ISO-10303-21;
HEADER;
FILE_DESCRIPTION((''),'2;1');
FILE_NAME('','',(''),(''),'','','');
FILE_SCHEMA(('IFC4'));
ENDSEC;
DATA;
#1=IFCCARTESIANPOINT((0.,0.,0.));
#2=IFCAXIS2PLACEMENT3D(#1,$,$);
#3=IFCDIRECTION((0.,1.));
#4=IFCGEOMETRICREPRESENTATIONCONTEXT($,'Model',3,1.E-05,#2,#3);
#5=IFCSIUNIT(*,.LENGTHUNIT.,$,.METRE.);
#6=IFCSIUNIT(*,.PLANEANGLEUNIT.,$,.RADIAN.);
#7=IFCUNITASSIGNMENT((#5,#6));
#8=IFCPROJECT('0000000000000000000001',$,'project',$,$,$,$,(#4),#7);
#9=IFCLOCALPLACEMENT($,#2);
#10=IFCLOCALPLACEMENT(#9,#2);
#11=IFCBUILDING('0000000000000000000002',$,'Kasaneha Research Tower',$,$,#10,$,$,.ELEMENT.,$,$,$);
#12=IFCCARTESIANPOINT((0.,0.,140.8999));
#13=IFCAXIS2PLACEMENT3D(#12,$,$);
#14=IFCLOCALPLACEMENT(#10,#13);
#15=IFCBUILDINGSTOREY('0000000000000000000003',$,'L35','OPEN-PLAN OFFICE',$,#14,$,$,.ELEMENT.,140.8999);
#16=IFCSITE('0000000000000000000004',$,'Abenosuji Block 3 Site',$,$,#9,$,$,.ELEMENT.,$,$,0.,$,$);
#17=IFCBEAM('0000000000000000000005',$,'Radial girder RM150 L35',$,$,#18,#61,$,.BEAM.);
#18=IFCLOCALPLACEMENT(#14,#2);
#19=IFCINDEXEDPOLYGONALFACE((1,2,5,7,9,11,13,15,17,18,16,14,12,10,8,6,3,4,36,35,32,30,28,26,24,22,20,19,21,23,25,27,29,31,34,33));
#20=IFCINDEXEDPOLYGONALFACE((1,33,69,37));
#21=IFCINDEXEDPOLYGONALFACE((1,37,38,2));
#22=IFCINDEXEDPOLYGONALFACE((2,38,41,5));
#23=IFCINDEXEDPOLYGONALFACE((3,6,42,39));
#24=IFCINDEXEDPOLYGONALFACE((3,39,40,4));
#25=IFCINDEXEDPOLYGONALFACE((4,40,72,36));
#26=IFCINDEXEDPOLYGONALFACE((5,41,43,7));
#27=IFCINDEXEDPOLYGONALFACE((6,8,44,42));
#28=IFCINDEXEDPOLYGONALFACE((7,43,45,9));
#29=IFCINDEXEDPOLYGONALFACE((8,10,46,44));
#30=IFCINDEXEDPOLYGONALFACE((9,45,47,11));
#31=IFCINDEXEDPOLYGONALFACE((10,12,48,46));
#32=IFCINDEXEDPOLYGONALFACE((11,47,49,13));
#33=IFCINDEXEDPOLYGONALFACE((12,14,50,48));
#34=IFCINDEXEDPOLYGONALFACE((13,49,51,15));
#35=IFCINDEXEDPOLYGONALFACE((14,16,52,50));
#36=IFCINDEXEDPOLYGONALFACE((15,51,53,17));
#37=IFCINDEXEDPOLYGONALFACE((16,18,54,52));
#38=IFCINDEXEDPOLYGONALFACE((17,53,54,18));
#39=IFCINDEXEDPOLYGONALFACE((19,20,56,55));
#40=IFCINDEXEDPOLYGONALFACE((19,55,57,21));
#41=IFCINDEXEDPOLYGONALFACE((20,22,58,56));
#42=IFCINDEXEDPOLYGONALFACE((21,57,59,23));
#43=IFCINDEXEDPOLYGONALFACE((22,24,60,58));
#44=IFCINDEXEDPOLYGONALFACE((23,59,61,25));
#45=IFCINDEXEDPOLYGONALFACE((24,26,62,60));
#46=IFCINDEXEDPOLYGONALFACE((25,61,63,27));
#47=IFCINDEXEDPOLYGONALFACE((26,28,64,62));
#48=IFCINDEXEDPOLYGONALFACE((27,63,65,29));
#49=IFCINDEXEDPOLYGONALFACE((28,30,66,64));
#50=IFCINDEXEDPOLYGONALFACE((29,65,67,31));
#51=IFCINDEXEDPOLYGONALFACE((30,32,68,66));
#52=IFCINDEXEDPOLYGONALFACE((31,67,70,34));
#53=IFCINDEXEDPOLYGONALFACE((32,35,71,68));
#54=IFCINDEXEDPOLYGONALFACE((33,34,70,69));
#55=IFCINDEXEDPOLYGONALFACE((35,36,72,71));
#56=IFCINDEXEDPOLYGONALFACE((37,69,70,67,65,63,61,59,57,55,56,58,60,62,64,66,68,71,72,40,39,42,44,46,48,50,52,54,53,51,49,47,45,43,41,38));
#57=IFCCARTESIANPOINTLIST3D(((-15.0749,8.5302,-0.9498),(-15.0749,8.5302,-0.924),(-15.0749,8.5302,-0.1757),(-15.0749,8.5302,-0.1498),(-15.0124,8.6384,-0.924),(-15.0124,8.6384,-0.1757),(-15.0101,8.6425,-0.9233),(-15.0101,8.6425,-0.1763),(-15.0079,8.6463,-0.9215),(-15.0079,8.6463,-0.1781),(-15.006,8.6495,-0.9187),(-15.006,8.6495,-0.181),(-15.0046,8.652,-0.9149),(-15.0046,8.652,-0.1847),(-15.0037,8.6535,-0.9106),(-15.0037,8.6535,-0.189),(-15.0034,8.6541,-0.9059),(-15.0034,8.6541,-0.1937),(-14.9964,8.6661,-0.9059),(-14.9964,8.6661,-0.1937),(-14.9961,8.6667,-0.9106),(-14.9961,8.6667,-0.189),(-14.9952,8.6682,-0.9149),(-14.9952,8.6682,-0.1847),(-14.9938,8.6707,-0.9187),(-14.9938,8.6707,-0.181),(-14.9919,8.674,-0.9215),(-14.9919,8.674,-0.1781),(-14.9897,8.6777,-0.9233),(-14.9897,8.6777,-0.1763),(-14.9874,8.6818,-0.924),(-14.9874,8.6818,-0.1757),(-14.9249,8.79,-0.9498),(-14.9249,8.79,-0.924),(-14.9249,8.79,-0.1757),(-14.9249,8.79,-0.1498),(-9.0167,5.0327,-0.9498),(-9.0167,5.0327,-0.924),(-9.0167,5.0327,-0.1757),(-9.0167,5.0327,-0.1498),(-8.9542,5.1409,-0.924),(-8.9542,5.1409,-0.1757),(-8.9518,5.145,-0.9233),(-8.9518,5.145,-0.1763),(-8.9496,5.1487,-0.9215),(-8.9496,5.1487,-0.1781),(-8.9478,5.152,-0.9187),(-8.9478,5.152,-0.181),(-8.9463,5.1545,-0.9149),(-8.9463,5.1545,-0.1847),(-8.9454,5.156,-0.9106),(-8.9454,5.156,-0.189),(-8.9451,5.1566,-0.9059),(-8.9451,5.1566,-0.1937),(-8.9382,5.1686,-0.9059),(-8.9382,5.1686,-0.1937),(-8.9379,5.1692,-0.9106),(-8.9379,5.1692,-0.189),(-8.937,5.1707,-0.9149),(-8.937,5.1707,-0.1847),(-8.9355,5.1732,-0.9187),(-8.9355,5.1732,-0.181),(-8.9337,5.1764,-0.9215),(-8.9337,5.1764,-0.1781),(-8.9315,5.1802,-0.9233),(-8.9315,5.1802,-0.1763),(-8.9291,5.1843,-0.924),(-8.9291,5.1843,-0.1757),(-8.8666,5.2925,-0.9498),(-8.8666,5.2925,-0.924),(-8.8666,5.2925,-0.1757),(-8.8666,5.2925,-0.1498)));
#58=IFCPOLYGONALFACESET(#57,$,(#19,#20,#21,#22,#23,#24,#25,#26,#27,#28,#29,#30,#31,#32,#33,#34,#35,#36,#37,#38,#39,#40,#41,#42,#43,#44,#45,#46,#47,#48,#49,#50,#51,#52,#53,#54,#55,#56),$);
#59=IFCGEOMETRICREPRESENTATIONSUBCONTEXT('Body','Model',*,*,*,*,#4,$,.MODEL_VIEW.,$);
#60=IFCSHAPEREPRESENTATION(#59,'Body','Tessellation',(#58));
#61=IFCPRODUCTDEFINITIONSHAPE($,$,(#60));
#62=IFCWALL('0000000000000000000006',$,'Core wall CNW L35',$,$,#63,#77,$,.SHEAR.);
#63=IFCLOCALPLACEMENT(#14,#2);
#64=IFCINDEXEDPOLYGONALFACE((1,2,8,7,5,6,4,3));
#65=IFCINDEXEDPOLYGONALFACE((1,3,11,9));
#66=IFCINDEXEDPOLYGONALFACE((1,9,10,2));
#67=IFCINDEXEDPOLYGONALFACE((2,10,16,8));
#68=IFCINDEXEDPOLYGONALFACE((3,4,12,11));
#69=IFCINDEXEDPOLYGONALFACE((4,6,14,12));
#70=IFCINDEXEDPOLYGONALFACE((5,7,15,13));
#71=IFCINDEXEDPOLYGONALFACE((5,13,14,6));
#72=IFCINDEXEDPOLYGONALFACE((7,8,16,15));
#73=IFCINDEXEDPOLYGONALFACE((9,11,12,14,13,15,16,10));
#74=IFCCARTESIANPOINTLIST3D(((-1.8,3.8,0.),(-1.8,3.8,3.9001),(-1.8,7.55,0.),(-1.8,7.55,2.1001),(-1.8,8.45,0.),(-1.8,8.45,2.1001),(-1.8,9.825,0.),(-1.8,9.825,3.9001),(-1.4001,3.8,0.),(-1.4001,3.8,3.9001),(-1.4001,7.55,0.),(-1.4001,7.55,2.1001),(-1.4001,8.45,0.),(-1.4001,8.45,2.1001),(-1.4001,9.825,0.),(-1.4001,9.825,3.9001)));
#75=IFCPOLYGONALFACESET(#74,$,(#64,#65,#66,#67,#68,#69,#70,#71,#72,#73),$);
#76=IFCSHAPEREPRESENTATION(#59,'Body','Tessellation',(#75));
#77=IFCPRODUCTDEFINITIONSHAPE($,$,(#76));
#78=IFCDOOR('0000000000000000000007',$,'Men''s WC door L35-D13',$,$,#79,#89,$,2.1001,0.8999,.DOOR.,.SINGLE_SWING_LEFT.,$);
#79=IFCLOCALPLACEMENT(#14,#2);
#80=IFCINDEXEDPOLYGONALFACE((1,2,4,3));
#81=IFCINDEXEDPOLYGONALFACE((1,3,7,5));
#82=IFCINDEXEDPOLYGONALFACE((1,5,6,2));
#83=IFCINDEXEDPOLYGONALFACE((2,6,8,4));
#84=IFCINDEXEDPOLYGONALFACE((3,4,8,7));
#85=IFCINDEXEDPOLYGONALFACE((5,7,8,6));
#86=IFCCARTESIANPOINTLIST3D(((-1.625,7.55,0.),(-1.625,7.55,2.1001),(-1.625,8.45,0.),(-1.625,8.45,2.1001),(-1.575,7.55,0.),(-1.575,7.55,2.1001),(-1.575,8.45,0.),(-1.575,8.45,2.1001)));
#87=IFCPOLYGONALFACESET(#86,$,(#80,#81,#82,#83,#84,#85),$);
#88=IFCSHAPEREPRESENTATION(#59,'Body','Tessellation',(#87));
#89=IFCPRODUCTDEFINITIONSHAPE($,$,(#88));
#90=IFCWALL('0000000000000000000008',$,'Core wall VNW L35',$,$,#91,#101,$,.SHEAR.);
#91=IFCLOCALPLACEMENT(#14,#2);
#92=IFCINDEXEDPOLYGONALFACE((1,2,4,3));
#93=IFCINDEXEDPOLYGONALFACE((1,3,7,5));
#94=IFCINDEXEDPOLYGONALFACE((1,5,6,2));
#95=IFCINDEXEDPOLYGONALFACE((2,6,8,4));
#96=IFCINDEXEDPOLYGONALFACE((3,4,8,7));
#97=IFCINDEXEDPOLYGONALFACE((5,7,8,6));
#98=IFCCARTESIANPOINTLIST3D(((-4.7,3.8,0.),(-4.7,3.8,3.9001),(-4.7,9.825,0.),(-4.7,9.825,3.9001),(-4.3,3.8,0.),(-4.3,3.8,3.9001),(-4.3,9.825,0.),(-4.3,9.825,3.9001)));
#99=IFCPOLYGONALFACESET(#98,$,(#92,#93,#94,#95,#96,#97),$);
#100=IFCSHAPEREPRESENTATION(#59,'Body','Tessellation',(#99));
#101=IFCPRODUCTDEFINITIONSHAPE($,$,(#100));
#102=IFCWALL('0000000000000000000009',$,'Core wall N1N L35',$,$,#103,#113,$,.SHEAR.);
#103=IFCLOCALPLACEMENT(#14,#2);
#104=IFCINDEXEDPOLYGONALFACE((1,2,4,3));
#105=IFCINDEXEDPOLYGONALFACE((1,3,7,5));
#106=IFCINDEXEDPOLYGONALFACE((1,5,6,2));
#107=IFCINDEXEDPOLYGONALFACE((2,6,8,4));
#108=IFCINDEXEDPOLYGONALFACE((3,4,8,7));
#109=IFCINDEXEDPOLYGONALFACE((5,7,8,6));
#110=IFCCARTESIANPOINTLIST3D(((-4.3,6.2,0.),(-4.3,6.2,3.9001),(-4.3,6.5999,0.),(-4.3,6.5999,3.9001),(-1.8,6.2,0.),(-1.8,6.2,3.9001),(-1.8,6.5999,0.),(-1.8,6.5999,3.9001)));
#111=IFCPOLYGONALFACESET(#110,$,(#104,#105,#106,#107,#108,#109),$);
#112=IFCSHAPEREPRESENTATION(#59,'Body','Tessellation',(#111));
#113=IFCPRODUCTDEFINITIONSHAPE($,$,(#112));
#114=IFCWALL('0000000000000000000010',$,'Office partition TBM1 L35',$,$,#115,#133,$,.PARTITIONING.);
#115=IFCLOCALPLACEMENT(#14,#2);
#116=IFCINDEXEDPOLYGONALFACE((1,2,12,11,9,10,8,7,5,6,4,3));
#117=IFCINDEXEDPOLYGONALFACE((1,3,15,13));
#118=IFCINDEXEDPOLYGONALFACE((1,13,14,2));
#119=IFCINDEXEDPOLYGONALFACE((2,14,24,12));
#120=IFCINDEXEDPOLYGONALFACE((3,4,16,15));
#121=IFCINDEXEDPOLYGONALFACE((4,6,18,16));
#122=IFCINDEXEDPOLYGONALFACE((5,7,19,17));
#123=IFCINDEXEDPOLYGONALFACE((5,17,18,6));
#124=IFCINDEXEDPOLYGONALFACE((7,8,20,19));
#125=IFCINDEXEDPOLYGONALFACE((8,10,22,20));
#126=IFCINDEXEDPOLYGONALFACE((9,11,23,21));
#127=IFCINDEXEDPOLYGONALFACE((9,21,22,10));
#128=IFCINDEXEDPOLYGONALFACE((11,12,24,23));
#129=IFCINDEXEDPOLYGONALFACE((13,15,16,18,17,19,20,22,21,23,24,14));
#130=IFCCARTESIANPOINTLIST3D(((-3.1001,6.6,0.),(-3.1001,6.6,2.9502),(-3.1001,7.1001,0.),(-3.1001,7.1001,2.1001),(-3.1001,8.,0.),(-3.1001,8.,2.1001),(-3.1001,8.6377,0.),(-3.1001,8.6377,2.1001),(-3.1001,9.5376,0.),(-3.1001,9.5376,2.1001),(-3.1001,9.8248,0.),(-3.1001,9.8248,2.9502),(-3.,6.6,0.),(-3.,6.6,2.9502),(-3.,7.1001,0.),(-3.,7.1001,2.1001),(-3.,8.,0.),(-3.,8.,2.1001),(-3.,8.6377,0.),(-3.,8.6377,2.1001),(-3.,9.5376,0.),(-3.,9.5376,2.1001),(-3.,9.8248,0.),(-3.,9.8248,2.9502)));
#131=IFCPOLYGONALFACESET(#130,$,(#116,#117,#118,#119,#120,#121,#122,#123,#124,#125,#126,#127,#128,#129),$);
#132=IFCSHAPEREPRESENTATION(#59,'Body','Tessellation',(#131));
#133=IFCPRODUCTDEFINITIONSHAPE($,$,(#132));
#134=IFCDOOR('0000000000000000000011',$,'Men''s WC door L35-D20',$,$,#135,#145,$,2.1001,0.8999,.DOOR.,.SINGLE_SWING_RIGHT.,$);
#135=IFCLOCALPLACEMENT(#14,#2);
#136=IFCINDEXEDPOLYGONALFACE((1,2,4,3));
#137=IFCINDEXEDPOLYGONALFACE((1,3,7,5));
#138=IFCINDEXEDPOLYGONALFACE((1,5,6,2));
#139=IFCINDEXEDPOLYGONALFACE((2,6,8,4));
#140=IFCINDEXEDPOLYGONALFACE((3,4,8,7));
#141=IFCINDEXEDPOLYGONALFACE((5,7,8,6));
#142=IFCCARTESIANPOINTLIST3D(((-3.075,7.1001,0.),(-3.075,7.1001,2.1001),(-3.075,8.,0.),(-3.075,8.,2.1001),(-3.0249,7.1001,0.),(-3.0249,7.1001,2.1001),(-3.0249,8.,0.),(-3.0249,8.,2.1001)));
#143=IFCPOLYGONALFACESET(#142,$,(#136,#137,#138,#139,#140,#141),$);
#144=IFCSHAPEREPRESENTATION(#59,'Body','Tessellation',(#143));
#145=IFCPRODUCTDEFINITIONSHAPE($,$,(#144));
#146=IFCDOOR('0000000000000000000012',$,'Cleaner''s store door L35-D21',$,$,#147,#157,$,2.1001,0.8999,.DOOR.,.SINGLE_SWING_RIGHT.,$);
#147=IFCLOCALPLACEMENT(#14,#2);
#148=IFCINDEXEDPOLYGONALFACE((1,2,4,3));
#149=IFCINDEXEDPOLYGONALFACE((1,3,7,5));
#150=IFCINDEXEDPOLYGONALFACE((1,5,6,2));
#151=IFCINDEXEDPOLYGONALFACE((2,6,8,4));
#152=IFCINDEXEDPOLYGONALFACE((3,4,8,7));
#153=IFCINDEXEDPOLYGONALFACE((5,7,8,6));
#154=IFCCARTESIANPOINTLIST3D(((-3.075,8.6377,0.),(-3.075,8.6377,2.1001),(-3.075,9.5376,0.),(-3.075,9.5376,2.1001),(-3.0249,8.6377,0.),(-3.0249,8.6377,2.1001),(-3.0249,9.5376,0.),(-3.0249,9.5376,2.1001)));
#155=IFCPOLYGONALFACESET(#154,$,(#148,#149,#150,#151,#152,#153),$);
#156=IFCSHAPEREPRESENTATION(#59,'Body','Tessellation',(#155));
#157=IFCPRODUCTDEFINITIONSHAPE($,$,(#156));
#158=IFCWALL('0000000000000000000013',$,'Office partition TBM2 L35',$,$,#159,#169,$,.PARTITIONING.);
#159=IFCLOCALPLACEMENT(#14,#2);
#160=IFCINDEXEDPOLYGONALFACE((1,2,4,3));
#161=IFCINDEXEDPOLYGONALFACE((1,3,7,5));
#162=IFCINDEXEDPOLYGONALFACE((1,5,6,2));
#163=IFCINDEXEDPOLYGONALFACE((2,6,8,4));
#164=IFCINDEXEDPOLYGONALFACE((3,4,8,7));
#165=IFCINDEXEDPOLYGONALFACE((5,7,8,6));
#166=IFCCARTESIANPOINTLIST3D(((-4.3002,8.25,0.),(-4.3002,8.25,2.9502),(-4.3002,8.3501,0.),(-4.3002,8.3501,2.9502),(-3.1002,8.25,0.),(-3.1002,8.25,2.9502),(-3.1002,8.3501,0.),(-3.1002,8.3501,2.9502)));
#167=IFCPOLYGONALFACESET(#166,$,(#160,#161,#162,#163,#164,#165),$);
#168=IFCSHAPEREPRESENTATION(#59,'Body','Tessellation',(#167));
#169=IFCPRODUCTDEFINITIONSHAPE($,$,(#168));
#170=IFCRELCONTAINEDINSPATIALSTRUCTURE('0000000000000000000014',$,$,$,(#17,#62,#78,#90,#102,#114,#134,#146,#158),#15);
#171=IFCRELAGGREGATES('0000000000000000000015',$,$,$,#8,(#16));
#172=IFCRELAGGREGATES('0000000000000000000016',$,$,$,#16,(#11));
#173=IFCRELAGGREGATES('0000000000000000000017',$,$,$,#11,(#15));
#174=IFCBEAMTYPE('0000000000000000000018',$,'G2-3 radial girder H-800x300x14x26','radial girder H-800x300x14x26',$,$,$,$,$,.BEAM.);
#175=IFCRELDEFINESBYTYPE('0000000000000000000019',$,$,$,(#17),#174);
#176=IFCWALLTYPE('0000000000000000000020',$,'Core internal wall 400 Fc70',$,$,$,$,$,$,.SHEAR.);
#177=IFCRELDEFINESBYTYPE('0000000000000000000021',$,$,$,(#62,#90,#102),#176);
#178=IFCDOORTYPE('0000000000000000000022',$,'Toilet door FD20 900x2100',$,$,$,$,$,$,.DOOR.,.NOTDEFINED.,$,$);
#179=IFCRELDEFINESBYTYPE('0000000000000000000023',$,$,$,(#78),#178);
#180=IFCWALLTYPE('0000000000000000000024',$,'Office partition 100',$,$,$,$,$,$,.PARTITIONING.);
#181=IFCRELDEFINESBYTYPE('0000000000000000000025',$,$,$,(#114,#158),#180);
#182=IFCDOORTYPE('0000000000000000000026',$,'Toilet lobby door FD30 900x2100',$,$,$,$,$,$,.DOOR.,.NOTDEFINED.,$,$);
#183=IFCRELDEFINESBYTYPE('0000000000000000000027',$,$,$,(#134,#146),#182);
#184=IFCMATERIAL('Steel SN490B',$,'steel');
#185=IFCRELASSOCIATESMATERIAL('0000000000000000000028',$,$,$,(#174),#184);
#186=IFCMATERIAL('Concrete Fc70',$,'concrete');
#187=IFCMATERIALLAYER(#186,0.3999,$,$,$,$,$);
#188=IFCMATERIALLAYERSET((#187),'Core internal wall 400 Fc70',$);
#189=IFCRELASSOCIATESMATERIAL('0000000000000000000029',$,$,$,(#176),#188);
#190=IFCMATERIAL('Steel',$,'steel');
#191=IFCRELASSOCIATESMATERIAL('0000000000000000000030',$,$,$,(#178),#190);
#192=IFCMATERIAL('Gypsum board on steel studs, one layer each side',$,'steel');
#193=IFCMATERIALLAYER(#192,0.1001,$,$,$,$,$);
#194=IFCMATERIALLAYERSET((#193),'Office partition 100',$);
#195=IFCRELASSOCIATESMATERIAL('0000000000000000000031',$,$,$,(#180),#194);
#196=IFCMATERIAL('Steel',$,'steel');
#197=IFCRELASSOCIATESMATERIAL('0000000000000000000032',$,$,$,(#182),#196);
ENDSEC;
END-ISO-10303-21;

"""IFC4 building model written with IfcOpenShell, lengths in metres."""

from ifc_helpers import new_model, si_unit, direction, frame, frame_2d, origin, origin_2d, place, context, subcontext, project, spatial, rectangle, i_section, extrude, material, layer, layer_set, material_profile, profile_set, type_object, element, fill, save


model = new_model("IFC4")

# Units and contexts
model_context = context("Model", 3, precision=1e-05, world=origin(), true_north=direction((0.0, 1.0)))
body_context = subcontext(model_context, "Body", "Model", "MODEL_VIEW")
ifc_project = project(units=[si_unit("LENGTHUNIT", "METRE"), si_unit("PLANEANGLEUNIT", "RADIAN")], contexts=[model_context])

# Site, building, storey
site_placement = place(None, origin())
site = spatial("IfcSite", under=ifc_project, at=site_placement, Name="Abenosuji Block 3 Site", CompositionType="ELEMENT", RefElevation=0.0)
building_placement = place(site_placement, origin())
building = spatial("IfcBuilding", under=site, at=building_placement, Name="Kasaneha Research Tower", CompositionType="ELEMENT")
storey_placement = place(building_placement, frame((0.0, 0.0, 140.8999)))
storey = spatial("IfcBuildingStorey", under=building, at=storey_placement, Name="L35", Description="OPEN-PLAN OFFICE", CompositionType="ELEMENT", Elevation=140.8999)

# Beam
ifc_material_1 = material(Name="Steel SN490B", Category="steel")
ifc_material_profile = material_profile(ifc_material_1, i_section(OverallWidth=0.3, OverallDepth=0.8, WebThickness=0.0139, FlangeThickness=0.0259, FilletRadius=0.0181, at=origin_2d()), Name="H-800x300x14x26")
ifc_profile_set = profile_set([ifc_material_profile], Name="Steel SN490B")
beam_type = type_object("IfcBeamType", Name="G2-3 radial girder H-800x300x14x26", Description="radial girder H-800x300x14x26", PredefinedType="BEAM", material=ifc_profile_set)
beam_placement = place(storey_placement, frame((-8.9417, 5.1626, -0.5498), z_axis=(-0.86604, 0.499975, 0.0), x_axis=(-0.499975, -0.86604, 0.0)))
element("IfcBeam", 1, at=beam_placement, inside=storey, type_object=beam_type, Name="Radial girder RM150 L35", PredefinedType="BEAM", context=body_context, shape_type="SweptSolid", body=[
    extrude(i_section(OverallWidth=0.3, OverallDepth=0.8, WebThickness=0.0139, FlangeThickness=0.0259, FilletRadius=0.0181, at=origin_2d()), origin(), (0.0, 0.0, 1.0), 6.9954),
])

# Shared definitions
ifc_material_2 = material(Name="Concrete Fc70", Category="concrete")
ifc_layer_1 = layer(ifc_material_2, 0.3999)
ifc_layer_set_1 = layer_set([ifc_layer_1], Name="Core internal wall 400 Fc70")
wall_type_1 = type_object("IfcWallType", Name="Core internal wall 400 Fc70", PredefinedType="SHEAR", material=ifc_layer_set_1)

# Wall, opening, door
wall_1_placement = place(storey_placement, frame((-1.6001, 3.8, 0.0), z_axis=(0.0, 0.0, 1.0), x_axis=(0.0, 1.0, 0.0)))
wall_1 = element("IfcWall", 2, at=wall_1_placement, inside=storey, type_object=wall_type_1, Name="Core wall CNW L35", PredefinedType="SHEAR", context=body_context, shape_type="SweptSolid", body=[
    extrude(rectangle(XDim=6.0249, YDim=0.3999, at=frame_2d((3.0125, 0.0))), origin(), (0.0, 0.0, 1.0), 3.9001),
])
opening_1_placement = place(wall_1_placement, frame((3.75, 0.0, 0.0)))
opening_1 = element("IfcOpeningElement", 3, at=opening_1_placement, cuts=wall_1, PredefinedType="OPENING", context=body_context, shape_type="SweptSolid", body=[
    extrude(rectangle(XDim=0.8999, YDim=2.1001, at=frame_2d((0.45, 1.05))), frame((0.0, 0.21, 0.0), z_axis=(0.0, -1.0, 0.0), x_axis=(1.0, 0.0, 0.0)), (0.0, 0.0, 1.0), 0.4199),
])
ifc_material_3 = material(Name="Steel", Category="steel")
door_type_1 = type_object("IfcDoorType", Name="Toilet door FD20 900x2100", OperationType="NOTDEFINED", PredefinedType="DOOR", material=ifc_material_3)
door_1_placement = place(opening_1_placement, origin())
door_1 = element("IfcDoor", 4, at=door_1_placement, inside=storey, type_object=door_type_1, Name="Men's WC door L35-D13", OperationType="SINGLE_SWING_LEFT", OverallHeight=2.1001, OverallWidth=0.8999, PredefinedType="DOOR", context=body_context, shape_type="SweptSolid", body=[
    extrude(rectangle(XDim=0.8999, YDim=2.1001, at=frame_2d((0.45, 1.05))), frame((0.0, 0.0249, 0.0), z_axis=(0.0, -1.0, 0.0), x_axis=(1.0, 0.0, 0.0)), (0.0, 0.0, 1.0), 0.05),
])
fill(opening_1, door_1)

# Walls
wall_2_placement = place(storey_placement, frame((-4.5, 3.8, 0.0), z_axis=(0.0, 0.0, 1.0), x_axis=(0.0, 1.0, 0.0)))
element("IfcWall", 5, at=wall_2_placement, inside=storey, type_object=wall_type_1, Name="Core wall VNW L35", PredefinedType="SHEAR", context=body_context, shape_type="SweptSolid", body=[
    extrude(rectangle(XDim=6.0249, YDim=0.3999, at=frame_2d((3.0125, 0.0))), origin(), (0.0, 0.0, 1.0), 3.9001),
])
wall_3_placement = place(storey_placement, frame((-4.3, 6.3999, 0.0), z_axis=(0.0, 0.0, 1.0), x_axis=(1.0, 0.0, 0.0)))
element("IfcWall", 6, at=wall_3_placement, inside=storey, type_object=wall_type_1, Name="Core wall N1N L35", PredefinedType="SHEAR", context=body_context, shape_type="SweptSolid", body=[
    extrude(rectangle(XDim=2.5, YDim=0.3999, at=frame_2d((1.25, 0.0))), origin(), (0.0, 0.0, 1.0), 3.9001),
])

# Wall, openings, doors
ifc_material_4 = material(Name="Gypsum board on steel studs, one layer each side", Category="steel")
ifc_layer_2 = layer(ifc_material_4, 0.1001)
ifc_layer_set_2 = layer_set([ifc_layer_2], Name="Office partition 100")
wall_type_2 = type_object("IfcWallType", Name="Office partition 100", PredefinedType="PARTITIONING", material=ifc_layer_set_2)
wall_4_placement = place(storey_placement, frame((-3.05, 6.6001, 0.0), z_axis=(0.0, 0.0, 1.0), x_axis=(0.0, 1.0, 0.0)))
wall_4 = element("IfcWall", 7, at=wall_4_placement, inside=storey, type_object=wall_type_2, Name="Office partition TBM1 L35", PredefinedType="PARTITIONING", context=body_context, shape_type="SweptSolid", body=[
    extrude(rectangle(XDim=3.2249, YDim=0.1001, at=frame_2d((1.6123, 0.0))), origin(), (0.0, 0.0, 1.0), 2.9502),
])
opening_2_placement = place(wall_4_placement, frame((0.5, 0.0, 0.0)))
opening_2 = element("IfcOpeningElement", 8, at=opening_2_placement, cuts=wall_4, PredefinedType="OPENING", context=body_context, shape_type="SweptSolid", body=[
    extrude(rectangle(XDim=0.8999, YDim=2.1001, at=frame_2d((0.45, 1.05))), frame((0.0, 0.0601, 0.0), z_axis=(0.0, -1.0, 0.0), x_axis=(1.0, 0.0, 0.0)), (0.0, 0.0, 1.0), 0.1201),
])
opening_3_placement = place(wall_4_placement, frame((2.0376, 0.0, 0.0)))
opening_3 = element("IfcOpeningElement", 9, at=opening_3_placement, cuts=wall_4, PredefinedType="OPENING", context=body_context, shape_type="SweptSolid", body=[
    extrude(rectangle(XDim=0.8999, YDim=2.1001, at=frame_2d((0.45, 1.05))), frame((0.0, 0.0601, 0.0), z_axis=(0.0, -1.0, 0.0), x_axis=(1.0, 0.0, 0.0)), (0.0, 0.0, 1.0), 0.1201),
])
ifc_material_5 = material(Name="Steel", Category="steel")
door_type_2 = type_object("IfcDoorType", Name="Toilet lobby door FD30 900x2100", OperationType="NOTDEFINED", PredefinedType="DOOR", material=ifc_material_5)
door_2_placement = place(opening_2_placement, origin())
door_2 = element("IfcDoor", 10, at=door_2_placement, inside=storey, type_object=door_type_2, Name="Men's WC door L35-D20", OperationType="SINGLE_SWING_RIGHT", OverallHeight=2.1001, OverallWidth=0.8999, PredefinedType="DOOR", context=body_context, shape_type="SweptSolid", body=[
    extrude(rectangle(XDim=0.8999, YDim=2.1001, at=frame_2d((0.45, 1.05))), frame((0.0, 0.0249, 0.0), z_axis=(0.0, -1.0, 0.0), x_axis=(1.0, 0.0, 0.0)), (0.0, 0.0, 1.0), 0.05),
])
fill(opening_2, door_2)
door_3_placement = place(opening_3_placement, origin())
door_3 = element("IfcDoor", 11, at=door_3_placement, inside=storey, type_object=door_type_2, Name="Cleaner's store door L35-D21", OperationType="SINGLE_SWING_RIGHT", OverallHeight=2.1001, OverallWidth=0.8999, PredefinedType="DOOR", context=body_context, shape_type="SweptSolid", body=[
    extrude(rectangle(XDim=0.8999, YDim=2.1001, at=frame_2d((0.45, 1.05))), frame((0.0, 0.0249, 0.0), z_axis=(0.0, -1.0, 0.0), x_axis=(1.0, 0.0, 0.0)), (0.0, 0.0, 1.0), 0.05),
])
fill(opening_3, door_3)

# Wall
wall_5_placement = place(storey_placement, frame((-3.1001, 8.3, 0.0), z_axis=(0.0, 0.0, 1.0), x_axis=(-1.0, 0.0, 0.0)))
element("IfcWall", 12, at=wall_5_placement, inside=storey, type_object=wall_type_2, Name="Office partition TBM2 L35", PredefinedType="PARTITIONING", context=body_context, shape_type="SweptSolid", body=[
    extrude(rectangle(XDim=1.2, YDim=0.1001, at=frame_2d((0.6001, 0.0))), origin(), (0.0, 0.0, 1.0), 2.9502),
])

save(model, "model.ifc")
